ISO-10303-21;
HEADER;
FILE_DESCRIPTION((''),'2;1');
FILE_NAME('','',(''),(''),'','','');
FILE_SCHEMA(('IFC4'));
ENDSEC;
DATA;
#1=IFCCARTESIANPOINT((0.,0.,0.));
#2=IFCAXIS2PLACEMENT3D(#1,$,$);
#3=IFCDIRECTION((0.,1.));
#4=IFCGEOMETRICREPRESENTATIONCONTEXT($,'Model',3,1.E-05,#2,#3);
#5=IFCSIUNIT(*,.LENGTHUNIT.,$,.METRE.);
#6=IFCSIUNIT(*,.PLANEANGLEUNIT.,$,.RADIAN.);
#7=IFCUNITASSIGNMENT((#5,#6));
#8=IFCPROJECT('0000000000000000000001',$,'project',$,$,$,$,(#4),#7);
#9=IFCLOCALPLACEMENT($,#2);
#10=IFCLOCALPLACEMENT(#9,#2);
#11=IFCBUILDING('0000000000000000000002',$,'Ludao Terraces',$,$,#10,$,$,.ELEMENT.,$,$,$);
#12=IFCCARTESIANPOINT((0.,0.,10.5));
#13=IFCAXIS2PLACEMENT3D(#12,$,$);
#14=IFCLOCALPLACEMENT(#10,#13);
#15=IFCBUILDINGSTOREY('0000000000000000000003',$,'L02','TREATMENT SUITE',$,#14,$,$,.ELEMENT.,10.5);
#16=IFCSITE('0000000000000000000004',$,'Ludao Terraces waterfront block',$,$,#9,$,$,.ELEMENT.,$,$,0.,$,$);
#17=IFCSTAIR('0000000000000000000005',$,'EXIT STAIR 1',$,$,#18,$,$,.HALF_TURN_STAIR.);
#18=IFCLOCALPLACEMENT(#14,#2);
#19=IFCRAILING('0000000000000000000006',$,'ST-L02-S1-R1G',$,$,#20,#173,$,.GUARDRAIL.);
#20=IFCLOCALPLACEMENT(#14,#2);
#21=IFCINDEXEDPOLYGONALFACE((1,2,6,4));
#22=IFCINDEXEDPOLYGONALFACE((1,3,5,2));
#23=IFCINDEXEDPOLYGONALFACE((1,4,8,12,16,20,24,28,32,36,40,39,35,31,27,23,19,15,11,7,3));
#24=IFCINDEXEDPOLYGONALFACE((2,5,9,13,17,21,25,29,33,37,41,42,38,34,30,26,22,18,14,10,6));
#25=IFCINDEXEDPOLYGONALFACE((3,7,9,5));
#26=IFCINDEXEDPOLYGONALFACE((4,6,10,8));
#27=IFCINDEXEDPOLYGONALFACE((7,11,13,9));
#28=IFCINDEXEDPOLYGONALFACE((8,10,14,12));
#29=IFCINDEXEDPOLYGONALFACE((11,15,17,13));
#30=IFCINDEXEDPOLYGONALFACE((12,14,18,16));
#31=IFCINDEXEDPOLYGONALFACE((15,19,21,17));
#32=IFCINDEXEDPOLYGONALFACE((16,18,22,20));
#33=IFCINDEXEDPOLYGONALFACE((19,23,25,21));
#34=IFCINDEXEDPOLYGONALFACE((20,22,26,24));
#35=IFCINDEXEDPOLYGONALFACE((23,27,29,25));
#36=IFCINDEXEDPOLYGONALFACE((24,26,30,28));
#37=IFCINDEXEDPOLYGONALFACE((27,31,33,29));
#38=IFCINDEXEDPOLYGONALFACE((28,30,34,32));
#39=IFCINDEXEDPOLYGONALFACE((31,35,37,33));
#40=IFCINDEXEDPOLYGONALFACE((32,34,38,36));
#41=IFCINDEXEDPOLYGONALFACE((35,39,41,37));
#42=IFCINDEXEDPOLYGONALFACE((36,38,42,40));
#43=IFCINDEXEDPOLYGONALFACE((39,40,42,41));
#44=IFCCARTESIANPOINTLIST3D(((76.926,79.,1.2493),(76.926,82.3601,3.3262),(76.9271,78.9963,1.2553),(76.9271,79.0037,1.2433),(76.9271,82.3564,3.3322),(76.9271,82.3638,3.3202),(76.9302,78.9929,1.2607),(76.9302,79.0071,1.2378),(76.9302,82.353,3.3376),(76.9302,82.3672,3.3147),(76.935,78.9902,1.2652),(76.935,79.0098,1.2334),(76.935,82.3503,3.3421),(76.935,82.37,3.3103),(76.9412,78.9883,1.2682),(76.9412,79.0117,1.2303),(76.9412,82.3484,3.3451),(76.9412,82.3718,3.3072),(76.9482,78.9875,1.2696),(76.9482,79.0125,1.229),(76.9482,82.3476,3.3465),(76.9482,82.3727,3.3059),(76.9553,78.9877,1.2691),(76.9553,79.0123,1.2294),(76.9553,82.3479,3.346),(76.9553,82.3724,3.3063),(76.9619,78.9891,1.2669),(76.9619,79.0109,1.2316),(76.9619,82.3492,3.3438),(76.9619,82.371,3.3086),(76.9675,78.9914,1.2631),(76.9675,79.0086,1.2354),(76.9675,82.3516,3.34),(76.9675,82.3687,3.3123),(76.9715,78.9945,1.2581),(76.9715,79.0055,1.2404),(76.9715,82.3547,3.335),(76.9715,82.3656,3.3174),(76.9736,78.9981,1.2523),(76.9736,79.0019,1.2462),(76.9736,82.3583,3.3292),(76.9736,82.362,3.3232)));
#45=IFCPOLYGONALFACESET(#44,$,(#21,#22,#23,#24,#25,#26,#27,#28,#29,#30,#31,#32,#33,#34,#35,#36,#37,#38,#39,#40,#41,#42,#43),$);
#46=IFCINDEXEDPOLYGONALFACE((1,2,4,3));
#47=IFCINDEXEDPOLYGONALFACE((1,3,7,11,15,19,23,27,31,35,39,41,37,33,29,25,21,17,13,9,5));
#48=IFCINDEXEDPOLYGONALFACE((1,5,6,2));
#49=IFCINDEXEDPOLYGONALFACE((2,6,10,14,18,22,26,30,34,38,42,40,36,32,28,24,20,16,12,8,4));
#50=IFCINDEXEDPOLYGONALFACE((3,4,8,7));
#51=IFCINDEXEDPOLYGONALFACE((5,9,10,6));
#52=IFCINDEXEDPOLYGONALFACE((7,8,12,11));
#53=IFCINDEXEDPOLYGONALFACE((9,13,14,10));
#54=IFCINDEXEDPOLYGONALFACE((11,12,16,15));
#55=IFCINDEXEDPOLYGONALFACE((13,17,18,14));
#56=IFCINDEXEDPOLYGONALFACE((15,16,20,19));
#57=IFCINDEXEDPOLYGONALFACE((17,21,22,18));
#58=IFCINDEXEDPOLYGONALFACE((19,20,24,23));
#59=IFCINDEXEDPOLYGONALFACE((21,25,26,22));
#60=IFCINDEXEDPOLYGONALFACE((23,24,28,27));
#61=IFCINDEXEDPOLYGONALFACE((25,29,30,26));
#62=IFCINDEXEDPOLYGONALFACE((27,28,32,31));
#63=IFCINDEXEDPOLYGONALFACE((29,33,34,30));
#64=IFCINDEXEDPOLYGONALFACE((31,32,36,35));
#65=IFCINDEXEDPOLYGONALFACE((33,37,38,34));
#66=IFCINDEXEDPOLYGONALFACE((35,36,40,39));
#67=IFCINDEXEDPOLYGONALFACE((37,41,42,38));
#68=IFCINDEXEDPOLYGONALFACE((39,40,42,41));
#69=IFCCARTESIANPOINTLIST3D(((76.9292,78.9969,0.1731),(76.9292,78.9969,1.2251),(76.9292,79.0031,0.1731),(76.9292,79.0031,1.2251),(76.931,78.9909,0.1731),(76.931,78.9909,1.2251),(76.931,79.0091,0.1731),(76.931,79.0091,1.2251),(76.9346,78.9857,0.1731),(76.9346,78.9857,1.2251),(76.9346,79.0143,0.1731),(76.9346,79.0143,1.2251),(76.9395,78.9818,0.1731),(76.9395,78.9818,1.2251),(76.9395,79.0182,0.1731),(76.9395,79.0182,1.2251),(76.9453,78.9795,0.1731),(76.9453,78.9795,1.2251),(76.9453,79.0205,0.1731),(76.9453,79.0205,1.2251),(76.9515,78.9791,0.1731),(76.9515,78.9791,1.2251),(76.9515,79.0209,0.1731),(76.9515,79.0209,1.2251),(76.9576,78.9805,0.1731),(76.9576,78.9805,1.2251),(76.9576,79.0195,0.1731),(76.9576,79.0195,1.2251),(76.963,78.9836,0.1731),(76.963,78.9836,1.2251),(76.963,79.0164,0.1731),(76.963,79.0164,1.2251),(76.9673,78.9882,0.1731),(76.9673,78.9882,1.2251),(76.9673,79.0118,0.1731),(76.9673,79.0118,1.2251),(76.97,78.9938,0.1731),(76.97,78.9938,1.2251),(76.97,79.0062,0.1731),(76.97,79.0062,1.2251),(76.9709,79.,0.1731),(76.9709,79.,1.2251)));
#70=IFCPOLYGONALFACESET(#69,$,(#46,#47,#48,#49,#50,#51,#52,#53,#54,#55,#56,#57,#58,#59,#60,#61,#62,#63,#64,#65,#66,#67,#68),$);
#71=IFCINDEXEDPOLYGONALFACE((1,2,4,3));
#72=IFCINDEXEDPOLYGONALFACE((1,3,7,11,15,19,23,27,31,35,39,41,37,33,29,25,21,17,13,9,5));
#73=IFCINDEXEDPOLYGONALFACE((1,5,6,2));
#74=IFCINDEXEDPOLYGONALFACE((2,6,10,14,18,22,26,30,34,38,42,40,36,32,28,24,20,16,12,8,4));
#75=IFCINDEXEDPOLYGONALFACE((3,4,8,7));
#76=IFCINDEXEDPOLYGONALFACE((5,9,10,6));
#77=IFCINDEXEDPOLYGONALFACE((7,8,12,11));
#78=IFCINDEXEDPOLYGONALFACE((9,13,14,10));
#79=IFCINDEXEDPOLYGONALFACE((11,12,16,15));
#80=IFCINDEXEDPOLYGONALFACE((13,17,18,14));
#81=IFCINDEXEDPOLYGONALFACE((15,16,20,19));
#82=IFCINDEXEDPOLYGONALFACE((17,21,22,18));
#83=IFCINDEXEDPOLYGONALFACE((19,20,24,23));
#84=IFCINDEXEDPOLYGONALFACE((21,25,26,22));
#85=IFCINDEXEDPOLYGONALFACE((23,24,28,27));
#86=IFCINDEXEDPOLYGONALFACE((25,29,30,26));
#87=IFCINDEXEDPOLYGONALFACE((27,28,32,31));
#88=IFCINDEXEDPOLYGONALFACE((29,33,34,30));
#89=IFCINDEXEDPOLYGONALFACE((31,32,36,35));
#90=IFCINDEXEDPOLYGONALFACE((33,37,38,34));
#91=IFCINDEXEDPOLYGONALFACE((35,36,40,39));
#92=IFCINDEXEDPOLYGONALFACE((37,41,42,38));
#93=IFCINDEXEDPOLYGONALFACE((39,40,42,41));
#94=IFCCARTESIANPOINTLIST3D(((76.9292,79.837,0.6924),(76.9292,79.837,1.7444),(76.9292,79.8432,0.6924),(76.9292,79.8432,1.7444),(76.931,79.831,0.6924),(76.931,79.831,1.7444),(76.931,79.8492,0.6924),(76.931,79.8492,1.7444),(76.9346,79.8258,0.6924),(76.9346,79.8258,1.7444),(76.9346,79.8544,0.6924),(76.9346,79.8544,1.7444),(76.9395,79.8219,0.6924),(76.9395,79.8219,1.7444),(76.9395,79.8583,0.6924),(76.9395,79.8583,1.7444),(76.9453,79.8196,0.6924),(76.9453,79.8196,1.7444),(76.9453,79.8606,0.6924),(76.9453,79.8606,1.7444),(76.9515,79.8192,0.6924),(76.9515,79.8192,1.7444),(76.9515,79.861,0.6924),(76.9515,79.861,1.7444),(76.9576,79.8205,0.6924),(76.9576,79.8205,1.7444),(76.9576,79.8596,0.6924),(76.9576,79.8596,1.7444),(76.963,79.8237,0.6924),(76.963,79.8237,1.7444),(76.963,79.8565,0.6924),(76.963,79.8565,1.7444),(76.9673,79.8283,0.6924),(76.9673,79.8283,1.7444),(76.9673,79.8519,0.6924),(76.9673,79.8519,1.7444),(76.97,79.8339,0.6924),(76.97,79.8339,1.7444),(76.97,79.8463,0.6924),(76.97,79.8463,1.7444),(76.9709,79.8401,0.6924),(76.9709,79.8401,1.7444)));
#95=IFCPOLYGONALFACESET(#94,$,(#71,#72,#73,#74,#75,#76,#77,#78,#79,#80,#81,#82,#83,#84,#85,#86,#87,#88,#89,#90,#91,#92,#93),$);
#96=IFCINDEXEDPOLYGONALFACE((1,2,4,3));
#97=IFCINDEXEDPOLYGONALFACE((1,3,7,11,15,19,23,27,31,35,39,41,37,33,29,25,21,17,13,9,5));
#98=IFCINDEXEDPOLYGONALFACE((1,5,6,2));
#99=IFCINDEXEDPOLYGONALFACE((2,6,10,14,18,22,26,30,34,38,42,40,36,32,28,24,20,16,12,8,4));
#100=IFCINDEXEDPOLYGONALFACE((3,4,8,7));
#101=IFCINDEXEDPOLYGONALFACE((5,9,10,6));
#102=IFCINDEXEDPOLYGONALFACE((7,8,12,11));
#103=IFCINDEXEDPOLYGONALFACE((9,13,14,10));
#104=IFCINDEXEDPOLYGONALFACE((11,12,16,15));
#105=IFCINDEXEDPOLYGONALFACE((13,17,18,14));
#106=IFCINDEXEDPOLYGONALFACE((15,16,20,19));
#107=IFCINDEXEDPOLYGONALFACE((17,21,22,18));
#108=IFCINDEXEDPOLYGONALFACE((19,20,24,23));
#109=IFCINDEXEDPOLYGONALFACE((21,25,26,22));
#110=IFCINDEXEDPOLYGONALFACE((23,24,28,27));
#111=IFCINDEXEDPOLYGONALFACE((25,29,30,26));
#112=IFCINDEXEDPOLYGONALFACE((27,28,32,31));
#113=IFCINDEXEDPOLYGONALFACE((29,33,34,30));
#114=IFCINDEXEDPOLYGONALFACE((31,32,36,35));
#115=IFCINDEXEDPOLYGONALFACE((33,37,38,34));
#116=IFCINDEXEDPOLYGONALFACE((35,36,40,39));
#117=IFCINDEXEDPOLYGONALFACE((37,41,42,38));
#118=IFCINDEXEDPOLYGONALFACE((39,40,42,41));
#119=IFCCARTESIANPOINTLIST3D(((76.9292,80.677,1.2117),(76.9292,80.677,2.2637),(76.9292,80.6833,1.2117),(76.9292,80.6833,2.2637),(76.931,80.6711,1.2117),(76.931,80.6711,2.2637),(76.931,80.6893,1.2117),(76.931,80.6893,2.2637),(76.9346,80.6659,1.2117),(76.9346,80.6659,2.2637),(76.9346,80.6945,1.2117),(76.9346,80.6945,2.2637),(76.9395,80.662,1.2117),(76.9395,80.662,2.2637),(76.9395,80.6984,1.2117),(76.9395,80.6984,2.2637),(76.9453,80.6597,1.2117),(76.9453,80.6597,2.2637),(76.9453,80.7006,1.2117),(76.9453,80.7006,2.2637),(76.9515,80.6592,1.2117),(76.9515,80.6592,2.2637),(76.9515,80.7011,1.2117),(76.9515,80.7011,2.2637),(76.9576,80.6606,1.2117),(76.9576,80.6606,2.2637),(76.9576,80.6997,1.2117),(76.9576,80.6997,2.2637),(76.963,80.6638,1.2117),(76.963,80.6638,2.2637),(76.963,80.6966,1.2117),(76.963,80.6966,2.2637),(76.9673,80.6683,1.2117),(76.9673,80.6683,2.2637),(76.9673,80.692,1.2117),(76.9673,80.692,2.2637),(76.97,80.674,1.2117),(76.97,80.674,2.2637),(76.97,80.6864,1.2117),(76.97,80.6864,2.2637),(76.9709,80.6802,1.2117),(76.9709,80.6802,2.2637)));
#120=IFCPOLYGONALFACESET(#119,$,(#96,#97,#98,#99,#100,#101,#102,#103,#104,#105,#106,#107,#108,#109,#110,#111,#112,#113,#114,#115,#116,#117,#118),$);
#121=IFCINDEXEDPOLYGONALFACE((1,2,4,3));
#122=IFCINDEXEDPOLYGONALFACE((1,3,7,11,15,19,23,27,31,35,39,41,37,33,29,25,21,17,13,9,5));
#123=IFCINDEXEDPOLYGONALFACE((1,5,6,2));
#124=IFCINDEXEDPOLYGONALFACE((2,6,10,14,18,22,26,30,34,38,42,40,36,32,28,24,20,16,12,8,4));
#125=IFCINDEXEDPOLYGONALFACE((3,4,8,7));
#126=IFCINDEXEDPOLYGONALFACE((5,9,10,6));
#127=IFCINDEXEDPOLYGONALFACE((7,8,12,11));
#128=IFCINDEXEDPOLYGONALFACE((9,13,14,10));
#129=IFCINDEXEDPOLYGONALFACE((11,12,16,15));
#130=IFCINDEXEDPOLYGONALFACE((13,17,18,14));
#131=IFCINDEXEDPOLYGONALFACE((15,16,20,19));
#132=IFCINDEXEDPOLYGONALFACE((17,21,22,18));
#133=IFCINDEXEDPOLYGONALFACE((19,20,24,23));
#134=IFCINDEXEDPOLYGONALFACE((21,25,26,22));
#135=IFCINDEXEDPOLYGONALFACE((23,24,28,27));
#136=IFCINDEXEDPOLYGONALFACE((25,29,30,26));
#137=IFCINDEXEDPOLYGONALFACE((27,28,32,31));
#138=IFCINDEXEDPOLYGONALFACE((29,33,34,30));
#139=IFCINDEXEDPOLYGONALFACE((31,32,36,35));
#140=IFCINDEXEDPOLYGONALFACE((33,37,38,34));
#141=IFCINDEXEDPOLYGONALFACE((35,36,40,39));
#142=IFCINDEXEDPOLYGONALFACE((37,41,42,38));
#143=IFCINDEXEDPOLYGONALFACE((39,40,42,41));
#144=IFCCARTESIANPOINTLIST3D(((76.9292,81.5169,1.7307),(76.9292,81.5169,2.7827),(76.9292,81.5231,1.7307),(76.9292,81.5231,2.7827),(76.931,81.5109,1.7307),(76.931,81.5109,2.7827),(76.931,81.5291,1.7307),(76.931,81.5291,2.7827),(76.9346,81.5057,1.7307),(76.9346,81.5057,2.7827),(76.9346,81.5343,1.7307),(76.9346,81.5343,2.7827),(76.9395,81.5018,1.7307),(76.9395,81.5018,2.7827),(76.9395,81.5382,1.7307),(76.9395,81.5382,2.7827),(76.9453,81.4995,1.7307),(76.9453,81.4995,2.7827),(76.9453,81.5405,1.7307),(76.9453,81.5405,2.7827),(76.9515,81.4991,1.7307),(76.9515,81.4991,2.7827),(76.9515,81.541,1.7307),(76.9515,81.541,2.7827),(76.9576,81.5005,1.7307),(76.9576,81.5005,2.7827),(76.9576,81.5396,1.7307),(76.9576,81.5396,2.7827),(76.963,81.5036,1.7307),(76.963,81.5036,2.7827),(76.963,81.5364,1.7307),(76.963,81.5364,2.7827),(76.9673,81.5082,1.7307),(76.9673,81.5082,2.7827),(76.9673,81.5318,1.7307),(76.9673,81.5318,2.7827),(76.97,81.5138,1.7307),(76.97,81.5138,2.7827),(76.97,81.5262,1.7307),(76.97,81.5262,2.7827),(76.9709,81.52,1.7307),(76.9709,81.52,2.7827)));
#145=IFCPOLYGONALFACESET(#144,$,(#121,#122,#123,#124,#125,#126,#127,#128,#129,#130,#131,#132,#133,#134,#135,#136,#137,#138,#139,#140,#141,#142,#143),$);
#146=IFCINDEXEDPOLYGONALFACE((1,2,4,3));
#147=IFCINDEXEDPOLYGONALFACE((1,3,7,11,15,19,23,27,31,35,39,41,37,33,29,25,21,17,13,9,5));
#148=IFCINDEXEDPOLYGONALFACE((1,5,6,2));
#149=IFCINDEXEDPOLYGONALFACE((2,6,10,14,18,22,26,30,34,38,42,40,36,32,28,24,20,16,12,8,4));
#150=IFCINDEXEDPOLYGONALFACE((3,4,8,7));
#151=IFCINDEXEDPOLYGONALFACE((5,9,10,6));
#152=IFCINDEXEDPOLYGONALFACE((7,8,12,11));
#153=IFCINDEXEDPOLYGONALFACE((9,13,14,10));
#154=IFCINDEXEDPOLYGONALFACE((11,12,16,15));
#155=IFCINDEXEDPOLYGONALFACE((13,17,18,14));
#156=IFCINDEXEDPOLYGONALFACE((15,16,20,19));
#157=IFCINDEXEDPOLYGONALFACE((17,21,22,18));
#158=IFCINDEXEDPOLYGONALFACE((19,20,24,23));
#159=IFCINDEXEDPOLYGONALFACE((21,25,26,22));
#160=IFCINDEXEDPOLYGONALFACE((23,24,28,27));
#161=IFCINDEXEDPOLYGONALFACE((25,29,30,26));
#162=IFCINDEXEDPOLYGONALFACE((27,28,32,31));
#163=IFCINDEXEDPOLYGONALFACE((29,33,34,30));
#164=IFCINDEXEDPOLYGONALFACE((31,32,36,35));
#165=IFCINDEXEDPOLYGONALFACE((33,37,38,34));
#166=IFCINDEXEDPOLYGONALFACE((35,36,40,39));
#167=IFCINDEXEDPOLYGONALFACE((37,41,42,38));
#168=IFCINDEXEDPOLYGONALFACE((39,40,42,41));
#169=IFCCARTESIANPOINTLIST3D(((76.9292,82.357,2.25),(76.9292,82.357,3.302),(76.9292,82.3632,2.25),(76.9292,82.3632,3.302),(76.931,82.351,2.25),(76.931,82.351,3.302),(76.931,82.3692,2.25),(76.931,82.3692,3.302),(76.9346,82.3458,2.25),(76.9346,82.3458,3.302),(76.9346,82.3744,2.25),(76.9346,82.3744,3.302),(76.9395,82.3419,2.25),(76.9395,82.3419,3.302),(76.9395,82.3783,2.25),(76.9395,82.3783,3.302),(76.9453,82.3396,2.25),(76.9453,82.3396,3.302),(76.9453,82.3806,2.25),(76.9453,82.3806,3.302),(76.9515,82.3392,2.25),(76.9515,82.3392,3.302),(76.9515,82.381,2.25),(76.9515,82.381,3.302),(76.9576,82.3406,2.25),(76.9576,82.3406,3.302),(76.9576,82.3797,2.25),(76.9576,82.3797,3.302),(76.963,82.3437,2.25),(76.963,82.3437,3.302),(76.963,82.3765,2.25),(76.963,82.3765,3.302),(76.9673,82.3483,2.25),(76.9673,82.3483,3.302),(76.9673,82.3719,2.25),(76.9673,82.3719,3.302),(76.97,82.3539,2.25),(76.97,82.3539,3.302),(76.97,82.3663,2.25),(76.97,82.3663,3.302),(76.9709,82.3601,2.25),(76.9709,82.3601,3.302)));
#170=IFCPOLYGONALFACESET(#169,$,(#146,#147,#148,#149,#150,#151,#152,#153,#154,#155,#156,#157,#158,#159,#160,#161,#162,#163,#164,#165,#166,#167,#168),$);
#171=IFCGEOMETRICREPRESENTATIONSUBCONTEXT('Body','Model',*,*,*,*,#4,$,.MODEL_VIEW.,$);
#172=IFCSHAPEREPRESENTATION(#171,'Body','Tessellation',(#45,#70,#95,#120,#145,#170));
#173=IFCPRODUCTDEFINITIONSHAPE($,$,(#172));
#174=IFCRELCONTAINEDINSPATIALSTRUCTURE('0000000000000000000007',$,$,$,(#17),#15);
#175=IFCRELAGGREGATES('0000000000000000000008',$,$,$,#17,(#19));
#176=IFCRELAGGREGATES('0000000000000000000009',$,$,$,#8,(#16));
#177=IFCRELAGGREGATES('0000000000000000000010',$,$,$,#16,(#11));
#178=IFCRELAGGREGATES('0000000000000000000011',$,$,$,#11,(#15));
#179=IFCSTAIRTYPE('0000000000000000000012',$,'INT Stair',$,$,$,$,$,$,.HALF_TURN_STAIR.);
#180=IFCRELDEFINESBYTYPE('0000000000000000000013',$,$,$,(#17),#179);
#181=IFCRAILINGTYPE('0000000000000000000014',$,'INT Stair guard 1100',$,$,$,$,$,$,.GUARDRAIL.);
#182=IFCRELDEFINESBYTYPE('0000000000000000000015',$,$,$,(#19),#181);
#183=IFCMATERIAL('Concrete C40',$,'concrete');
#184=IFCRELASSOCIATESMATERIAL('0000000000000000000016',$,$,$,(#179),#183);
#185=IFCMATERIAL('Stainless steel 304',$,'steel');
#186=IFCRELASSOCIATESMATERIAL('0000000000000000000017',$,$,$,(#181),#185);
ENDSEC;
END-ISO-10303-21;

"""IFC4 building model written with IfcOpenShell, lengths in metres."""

from ifc_helpers import new_model, si_unit, direction, frame, origin, origin_2d, place, context, subcontext, project, spatial, circle, extrude, material, type_object, element, aggregate, save


model = new_model("IFC4")

# Units and contexts
model_context = context("Model", 3, precision=1e-05, world=origin(), true_north=direction((0.0, 1.0)))
body_context = subcontext(model_context, "Body", "Model", "MODEL_VIEW")
ifc_project = project(units=[si_unit("LENGTHUNIT", "METRE"), si_unit("PLANEANGLEUNIT", "RADIAN")], contexts=[model_context])

# Site, building, storey
site_placement = place(None, origin())
site = spatial("IfcSite", under=ifc_project, at=site_placement, Name="Ludao Terraces waterfront block", CompositionType="ELEMENT", RefElevation=0.0)
building_placement = place(site_placement, origin())
building = spatial("IfcBuilding", under=site, at=building_placement, Name="Ludao Terraces", CompositionType="ELEMENT")
storey_placement = place(building_placement, frame((0.0, 0.0, 10.5)))
storey = spatial("IfcBuildingStorey", under=building, at=storey_placement, Name="L02", Description="TREATMENT SUITE", CompositionType="ELEMENT", Elevation=10.5)

# Shared definitions
ifc_material_1 = material(Name="Concrete C40", Category="concrete")

# Shared definitions
ifc_material_2 = material(Name="Stainless steel 304", Category="steel")

# Stair, railing
stair_type = type_object("IfcStairType", Name="INT Stair", PredefinedType="HALF_TURN_STAIR", material=ifc_material_1)
stair_placement = place(storey_placement, origin())
stair = element("IfcStair", 1, at=stair_placement, inside=storey, type_object=stair_type, Name="EXIT STAIR 1", PredefinedType="HALF_TURN_STAIR")
railing_type_1 = type_object("IfcRailingType", Name="INT Stair guard 1100", PredefinedType="GUARDRAIL", material=ifc_material_2)
railing_1_placement = place(storey_placement, frame((76.95, 79.0, 0.1731)))
railing_1 = element("IfcRailing", 2, at=railing_1_placement, type_object=railing_type_1, Name="ST-L02-S1-R1G", PredefinedType="GUARDRAIL", context=body_context, shape_type="SweptSolid", body=[
    extrude(circle(Radius=0.0239, at=origin_2d()), frame((0.0, 0.0, 1.0762), z_axis=(0.0, 0.850623, 0.525776), x_axis=(-1.0, 0.0, 0.0)), (0.0, 0.0, 1.0), 3.9502),
    extrude(circle(Radius=0.021, at=origin_2d()), origin(), (0.0, 0.0, 1.0), 1.052),
    extrude(circle(Radius=0.021, at=origin_2d()), frame((0.0, 0.8401, 0.5193)), (0.0, 0.0, 1.0), 1.052),
    extrude(circle(Radius=0.021, at=origin_2d()), frame((0.0, 1.6802, 1.0386)), (0.0, 0.0, 1.0), 1.052),
    extrude(circle(Radius=0.021, at=origin_2d()), frame((0.0, 2.52, 1.5576)), (0.0, 0.0, 1.0), 1.052),
    extrude(circle(Radius=0.021, at=origin_2d()), frame((0.0, 3.3601, 2.0769)), (0.0, 0.0, 1.0), 1.052),
])
aggregate(stair, [railing_1])

save(model, "model.ifc")
